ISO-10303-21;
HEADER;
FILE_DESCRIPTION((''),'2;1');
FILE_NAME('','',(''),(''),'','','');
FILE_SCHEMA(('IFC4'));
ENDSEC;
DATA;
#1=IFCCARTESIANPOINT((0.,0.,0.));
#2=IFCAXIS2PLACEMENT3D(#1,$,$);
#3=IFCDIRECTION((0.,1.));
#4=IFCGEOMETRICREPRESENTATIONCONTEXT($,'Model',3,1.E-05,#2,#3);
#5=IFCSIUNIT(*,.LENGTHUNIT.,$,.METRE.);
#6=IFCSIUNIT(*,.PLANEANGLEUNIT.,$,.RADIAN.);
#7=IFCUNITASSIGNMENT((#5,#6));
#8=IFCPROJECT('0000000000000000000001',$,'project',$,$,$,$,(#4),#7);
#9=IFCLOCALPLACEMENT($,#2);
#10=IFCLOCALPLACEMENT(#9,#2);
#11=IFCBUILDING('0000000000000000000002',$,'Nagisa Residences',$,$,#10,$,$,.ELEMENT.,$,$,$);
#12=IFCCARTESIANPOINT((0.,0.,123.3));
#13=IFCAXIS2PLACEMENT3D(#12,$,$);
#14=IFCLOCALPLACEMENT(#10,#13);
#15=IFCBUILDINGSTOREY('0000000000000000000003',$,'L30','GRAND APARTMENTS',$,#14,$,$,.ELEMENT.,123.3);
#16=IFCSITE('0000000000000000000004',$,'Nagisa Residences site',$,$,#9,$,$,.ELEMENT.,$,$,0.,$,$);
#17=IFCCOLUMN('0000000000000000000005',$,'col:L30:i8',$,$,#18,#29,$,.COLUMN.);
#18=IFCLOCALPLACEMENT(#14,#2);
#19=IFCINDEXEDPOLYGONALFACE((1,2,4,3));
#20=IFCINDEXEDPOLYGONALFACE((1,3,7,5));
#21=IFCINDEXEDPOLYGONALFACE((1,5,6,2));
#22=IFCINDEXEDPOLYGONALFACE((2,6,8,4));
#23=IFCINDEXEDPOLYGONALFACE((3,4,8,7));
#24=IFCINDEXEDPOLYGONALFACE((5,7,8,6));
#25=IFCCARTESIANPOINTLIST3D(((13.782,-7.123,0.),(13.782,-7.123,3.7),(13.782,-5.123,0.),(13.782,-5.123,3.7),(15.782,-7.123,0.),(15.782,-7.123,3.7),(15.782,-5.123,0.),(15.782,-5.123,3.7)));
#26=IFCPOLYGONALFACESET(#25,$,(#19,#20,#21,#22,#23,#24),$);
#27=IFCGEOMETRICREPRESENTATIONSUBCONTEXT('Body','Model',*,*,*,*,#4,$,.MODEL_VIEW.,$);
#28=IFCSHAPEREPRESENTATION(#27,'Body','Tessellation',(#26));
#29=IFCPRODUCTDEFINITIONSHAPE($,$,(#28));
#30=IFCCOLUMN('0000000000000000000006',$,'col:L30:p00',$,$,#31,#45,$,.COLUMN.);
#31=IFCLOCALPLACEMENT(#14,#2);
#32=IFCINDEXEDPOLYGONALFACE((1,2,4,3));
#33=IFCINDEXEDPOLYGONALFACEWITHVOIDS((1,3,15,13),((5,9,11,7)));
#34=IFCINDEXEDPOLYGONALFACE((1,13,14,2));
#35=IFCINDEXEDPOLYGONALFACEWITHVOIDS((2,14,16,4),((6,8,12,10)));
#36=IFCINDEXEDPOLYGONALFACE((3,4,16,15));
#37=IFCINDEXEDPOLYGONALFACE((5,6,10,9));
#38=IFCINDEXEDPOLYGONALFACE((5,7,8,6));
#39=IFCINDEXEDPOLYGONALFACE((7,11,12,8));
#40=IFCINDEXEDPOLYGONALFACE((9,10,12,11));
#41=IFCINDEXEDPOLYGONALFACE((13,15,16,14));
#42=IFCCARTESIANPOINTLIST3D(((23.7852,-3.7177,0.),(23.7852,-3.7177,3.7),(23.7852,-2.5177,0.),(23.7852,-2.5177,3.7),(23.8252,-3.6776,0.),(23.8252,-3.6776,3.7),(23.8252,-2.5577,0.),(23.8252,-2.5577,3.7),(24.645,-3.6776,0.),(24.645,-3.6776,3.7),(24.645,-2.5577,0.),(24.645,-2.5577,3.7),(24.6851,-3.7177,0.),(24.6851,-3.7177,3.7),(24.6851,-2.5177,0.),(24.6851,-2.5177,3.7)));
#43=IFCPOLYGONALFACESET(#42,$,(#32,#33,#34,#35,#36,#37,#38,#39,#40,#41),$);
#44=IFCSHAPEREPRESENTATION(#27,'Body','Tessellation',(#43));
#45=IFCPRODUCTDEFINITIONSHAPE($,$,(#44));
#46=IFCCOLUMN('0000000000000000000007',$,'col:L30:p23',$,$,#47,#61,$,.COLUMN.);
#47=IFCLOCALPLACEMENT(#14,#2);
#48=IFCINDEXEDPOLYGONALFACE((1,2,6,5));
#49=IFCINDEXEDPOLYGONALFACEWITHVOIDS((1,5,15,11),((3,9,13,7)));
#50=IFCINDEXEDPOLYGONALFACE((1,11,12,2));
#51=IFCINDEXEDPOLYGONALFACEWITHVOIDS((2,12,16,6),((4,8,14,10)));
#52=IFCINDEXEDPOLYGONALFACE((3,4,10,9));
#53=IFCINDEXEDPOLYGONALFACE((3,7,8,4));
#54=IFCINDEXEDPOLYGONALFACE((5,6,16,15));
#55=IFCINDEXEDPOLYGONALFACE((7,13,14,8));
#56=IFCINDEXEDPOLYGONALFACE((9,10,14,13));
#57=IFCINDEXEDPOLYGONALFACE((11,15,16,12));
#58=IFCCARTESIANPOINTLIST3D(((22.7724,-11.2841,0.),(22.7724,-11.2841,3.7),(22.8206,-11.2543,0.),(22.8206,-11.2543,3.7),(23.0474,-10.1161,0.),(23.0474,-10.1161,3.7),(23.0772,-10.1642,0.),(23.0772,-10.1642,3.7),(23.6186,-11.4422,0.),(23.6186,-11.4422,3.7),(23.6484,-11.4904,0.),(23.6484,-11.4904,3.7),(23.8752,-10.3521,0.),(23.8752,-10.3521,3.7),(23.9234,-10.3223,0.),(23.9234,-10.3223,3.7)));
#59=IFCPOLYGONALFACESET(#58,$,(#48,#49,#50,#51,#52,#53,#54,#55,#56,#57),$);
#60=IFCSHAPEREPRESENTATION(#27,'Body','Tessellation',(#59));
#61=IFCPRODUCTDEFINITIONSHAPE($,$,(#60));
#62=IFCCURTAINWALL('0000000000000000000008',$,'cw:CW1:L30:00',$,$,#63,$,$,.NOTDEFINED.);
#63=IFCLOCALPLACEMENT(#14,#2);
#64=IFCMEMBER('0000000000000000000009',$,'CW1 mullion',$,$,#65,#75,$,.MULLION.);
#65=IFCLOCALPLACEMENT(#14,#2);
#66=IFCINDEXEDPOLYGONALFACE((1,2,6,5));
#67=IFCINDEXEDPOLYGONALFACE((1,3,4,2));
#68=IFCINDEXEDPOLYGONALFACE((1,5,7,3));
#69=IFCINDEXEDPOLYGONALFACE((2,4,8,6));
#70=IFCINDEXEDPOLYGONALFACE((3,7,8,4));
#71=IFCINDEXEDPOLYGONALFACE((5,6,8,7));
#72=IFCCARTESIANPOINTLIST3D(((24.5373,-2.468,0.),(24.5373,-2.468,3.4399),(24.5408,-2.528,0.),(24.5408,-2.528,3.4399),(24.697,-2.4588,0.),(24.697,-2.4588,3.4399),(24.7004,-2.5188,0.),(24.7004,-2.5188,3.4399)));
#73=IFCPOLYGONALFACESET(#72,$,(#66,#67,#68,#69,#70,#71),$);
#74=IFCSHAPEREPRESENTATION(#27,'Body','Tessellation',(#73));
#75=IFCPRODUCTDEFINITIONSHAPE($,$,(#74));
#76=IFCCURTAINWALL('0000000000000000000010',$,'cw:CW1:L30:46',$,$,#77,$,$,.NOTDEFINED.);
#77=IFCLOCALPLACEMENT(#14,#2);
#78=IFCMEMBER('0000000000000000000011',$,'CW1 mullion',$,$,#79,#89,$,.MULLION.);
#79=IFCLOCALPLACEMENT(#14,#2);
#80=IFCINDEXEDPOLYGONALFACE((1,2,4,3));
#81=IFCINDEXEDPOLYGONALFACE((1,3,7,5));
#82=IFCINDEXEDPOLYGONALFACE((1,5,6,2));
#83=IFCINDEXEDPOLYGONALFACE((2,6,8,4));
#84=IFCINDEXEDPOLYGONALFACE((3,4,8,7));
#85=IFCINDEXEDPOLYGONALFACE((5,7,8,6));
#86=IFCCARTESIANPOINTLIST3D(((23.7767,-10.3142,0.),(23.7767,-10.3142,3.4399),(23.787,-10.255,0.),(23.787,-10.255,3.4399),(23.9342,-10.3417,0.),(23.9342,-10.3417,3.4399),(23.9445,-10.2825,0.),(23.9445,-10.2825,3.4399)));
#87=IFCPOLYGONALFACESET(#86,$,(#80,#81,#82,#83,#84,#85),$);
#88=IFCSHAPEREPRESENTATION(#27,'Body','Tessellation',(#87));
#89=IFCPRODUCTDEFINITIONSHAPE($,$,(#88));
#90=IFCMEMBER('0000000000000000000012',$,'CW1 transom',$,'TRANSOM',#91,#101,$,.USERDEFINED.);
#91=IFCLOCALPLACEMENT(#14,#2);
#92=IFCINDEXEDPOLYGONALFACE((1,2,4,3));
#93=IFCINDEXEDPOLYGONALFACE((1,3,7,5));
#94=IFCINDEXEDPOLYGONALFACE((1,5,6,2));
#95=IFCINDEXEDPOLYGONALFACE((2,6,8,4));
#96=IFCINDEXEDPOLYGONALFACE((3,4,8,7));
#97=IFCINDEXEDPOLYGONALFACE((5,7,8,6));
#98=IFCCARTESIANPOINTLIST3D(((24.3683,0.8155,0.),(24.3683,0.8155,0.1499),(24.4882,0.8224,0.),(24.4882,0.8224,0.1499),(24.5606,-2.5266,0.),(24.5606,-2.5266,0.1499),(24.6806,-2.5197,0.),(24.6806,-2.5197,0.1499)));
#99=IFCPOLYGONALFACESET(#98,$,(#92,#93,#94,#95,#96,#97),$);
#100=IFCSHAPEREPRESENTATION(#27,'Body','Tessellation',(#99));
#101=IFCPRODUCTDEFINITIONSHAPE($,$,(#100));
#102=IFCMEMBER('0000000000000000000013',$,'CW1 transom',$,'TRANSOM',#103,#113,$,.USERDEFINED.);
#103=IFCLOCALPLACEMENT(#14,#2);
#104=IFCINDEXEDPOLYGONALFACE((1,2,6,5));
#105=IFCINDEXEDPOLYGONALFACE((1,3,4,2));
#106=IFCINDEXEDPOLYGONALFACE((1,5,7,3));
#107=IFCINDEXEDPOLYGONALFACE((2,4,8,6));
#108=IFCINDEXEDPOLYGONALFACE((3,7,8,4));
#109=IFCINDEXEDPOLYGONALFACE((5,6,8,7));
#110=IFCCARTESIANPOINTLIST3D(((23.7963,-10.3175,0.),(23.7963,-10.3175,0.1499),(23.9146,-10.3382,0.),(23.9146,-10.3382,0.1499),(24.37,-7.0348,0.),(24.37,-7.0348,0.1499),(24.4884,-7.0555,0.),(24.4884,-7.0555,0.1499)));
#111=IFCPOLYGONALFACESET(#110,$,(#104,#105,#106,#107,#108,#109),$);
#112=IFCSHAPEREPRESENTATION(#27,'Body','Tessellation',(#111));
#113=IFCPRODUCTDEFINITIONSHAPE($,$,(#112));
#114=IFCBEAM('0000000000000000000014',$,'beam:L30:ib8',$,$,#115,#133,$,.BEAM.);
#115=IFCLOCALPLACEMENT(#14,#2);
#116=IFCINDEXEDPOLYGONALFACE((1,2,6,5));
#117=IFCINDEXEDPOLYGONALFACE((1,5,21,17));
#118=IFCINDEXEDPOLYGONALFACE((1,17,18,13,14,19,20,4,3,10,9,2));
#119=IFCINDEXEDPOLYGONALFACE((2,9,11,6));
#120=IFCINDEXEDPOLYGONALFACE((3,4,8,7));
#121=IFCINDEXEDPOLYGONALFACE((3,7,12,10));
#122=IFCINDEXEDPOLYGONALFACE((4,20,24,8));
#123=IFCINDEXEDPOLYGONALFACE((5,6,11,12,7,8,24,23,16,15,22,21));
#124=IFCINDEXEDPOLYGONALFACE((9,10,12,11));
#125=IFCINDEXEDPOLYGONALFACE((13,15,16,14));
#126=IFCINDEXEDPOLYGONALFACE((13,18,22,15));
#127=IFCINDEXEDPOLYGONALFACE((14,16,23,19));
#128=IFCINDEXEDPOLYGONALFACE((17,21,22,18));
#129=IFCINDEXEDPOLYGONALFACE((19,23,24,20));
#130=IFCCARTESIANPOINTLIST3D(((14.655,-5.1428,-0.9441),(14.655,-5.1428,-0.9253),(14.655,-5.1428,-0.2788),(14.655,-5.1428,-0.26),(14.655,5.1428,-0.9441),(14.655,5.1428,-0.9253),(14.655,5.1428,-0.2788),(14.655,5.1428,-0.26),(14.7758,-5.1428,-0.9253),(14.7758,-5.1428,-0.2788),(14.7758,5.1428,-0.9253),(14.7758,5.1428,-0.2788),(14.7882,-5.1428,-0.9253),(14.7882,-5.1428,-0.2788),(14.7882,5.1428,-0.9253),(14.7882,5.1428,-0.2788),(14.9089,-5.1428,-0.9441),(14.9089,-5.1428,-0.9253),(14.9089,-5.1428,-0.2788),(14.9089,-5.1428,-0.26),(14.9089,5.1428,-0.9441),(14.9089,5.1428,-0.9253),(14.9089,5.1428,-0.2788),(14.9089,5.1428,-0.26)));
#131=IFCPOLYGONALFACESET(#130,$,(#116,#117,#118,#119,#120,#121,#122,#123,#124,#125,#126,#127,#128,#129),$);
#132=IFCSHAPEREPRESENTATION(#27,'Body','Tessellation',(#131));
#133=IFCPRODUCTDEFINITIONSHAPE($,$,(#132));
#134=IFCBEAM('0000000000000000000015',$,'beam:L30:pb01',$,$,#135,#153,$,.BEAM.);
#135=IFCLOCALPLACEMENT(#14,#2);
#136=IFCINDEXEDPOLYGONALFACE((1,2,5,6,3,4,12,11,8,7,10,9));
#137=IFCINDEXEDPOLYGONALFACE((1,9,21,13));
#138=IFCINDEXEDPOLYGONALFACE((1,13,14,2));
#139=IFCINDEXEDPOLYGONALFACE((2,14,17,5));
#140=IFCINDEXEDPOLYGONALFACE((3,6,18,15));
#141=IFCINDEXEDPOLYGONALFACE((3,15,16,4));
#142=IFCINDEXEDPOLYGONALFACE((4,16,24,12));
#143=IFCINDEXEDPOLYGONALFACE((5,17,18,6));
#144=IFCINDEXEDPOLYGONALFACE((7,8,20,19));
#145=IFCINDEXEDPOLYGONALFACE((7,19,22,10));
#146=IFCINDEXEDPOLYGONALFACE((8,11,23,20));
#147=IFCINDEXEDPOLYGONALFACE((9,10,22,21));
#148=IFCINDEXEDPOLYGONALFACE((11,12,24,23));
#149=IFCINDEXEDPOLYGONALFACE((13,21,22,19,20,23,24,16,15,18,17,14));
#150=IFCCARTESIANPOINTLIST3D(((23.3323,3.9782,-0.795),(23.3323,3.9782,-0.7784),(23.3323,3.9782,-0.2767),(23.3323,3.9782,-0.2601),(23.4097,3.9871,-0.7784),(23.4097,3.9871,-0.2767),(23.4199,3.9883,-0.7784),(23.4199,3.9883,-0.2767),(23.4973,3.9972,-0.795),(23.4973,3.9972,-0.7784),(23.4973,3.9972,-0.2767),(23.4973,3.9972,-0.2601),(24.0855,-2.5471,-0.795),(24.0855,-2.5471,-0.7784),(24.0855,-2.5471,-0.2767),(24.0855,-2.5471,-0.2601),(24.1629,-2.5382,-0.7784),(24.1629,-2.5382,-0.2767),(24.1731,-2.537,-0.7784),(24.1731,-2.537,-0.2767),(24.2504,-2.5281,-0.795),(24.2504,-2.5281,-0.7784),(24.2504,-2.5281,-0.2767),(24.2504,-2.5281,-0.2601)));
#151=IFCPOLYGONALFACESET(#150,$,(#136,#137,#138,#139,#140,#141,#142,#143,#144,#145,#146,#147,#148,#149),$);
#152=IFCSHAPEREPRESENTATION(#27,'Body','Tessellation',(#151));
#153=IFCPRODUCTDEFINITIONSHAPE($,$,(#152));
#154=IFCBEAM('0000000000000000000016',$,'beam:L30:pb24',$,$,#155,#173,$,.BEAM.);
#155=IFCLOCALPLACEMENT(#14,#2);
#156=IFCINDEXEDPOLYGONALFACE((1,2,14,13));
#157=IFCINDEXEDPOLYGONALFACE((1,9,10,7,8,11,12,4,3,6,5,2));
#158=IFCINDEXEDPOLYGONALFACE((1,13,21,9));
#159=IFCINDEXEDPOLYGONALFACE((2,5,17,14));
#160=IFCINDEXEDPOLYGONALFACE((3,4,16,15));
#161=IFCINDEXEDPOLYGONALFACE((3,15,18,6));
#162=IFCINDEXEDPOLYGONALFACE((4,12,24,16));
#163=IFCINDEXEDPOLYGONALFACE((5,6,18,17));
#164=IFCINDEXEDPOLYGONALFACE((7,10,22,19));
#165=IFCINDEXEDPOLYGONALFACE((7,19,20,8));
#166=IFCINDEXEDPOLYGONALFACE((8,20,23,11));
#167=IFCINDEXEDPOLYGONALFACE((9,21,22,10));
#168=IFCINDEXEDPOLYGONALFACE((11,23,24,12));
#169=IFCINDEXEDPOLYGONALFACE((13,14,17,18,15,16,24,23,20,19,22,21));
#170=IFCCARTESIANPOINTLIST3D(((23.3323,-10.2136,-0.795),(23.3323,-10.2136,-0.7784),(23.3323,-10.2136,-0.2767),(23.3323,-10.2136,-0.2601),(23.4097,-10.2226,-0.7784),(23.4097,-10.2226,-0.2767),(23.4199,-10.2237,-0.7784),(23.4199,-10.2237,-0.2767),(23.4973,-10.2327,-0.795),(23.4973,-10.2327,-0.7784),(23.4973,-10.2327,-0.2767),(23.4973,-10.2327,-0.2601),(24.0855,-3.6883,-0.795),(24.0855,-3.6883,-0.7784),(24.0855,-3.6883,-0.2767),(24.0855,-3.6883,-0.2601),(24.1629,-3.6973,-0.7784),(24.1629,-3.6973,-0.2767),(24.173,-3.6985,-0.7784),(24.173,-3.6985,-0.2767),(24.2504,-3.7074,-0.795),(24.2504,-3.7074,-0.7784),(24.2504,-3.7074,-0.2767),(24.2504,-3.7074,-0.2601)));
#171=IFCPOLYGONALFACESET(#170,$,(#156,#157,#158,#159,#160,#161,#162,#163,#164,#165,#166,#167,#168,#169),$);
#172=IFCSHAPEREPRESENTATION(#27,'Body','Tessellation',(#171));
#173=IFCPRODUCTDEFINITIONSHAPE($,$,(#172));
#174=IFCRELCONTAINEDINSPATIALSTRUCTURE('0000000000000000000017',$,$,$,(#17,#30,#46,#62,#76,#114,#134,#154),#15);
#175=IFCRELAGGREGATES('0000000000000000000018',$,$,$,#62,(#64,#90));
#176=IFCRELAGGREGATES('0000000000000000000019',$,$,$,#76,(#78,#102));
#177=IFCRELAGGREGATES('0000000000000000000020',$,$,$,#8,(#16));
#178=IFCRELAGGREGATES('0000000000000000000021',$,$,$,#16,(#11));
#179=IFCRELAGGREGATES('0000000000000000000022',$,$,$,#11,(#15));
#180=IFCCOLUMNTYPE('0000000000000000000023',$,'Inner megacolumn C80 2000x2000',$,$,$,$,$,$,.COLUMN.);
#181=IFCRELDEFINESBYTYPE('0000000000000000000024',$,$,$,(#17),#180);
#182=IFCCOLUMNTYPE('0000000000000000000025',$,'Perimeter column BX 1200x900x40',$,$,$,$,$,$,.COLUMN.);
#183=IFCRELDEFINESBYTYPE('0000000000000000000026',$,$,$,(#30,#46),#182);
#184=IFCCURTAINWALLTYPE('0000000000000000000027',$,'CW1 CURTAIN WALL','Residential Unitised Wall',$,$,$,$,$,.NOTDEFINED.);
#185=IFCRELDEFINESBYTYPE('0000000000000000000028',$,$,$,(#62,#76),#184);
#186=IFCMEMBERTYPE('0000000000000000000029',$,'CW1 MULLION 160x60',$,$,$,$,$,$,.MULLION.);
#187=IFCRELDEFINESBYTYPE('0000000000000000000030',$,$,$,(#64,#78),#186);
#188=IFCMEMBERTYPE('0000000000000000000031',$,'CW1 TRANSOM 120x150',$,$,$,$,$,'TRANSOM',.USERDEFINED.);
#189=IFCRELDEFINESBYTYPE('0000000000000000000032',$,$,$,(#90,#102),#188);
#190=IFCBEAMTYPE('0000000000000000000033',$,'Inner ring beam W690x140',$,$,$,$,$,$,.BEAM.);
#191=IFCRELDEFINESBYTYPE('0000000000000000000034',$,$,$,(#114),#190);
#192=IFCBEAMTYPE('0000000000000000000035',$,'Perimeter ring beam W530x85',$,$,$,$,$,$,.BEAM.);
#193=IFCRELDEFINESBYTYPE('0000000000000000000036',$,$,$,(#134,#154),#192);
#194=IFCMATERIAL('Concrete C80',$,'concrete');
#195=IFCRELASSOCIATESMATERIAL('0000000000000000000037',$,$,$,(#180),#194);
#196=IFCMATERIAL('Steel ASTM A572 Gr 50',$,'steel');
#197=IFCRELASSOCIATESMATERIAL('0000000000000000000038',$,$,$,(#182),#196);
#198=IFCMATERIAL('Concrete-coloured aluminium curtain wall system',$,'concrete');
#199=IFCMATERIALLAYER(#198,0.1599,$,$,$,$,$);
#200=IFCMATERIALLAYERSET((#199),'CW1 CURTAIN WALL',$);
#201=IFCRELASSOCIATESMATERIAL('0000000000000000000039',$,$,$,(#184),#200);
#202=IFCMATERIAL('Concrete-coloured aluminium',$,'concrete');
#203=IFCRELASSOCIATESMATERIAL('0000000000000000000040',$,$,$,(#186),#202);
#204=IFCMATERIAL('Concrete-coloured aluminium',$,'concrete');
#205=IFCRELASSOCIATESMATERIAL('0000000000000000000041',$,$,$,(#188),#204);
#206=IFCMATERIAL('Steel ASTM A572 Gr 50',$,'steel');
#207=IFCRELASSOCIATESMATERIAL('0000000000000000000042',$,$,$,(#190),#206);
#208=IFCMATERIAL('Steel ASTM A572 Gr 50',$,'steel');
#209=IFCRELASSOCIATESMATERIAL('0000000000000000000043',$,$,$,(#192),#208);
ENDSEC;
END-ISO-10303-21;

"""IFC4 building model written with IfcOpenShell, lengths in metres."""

from ifc_helpers import new_model, si_unit, direction, frame, origin, origin_2d, place, context, subcontext, project, spatial, rectangle, hollow_rectangle, i_section, extrude, material, layer, layer_set, material_profile, profile_set, type_object, element, aggregate, save


model = new_model("IFC4")

# Units and contexts
model_context = context("Model", 3, precision=1e-05, world=origin(), true_north=direction((0.0, 1.0)))
body_context = subcontext(model_context, "Body", "Model", "MODEL_VIEW")
ifc_project = project(units=[si_unit("LENGTHUNIT", "METRE"), si_unit("PLANEANGLEUNIT", "RADIAN")], contexts=[model_context])

# Site, building, storey
site_placement = place(None, origin())
site = spatial("IfcSite", under=ifc_project, at=site_placement, Name="Nagisa Residences site", CompositionType="ELEMENT", RefElevation=0.0)
building_placement = place(site_placement, origin())
building = spatial("IfcBuilding", under=site, at=building_placement, Name="Nagisa Residences", CompositionType="ELEMENT")
storey_placement = place(building_placement, frame((0.0, 0.0, 123.3)))
storey = spatial("IfcBuildingStorey", under=building, at=storey_placement, Name="L30", Description="GRAND APARTMENTS", CompositionType="ELEMENT", Elevation=123.3)

# Columns
ifc_material_1 = material(Name="Concrete C80", Category="concrete")
ifc_material_profile_1 = material_profile(ifc_material_1, rectangle(XDim=2.0, YDim=2.0, at=origin_2d()), Name="C80 2000x2000")
ifc_profile_set_1 = profile_set([ifc_material_profile_1], Name="Concrete C80")
column_type_1 = type_object("IfcColumnType", Name="Inner megacolumn C80 2000x2000", PredefinedType="COLUMN", material=ifc_profile_set_1)
column_placement = place(storey_placement, frame((14.782, -6.123, 0.0), z_axis=(0.0, 0.0, 1.0), x_axis=(1.0, 0.0, 0.0)))
element("IfcColumn", 1, at=column_placement, inside=storey, type_object=column_type_1, Name="col:L30:i8", PredefinedType="COLUMN", context=body_context, shape_type="SweptSolid", body=[
    extrude(rectangle(XDim=2.0, YDim=2.0, at=origin_2d()), origin(), (0.0, 0.0, 1.0), 3.7),
])
ifc_material_2 = material(Name="Steel ASTM A572 Gr 50", Category="steel")
ifc_material_profile_2 = material_profile(ifc_material_2, hollow_rectangle(XDim=1.2, YDim=0.8999, WallThickness=0.04, at=origin_2d()), Name="BX 1200x900x40")
ifc_profile_set_2 = profile_set([ifc_material_profile_2], Name="Steel ASTM A572 Gr 50")
column_type_2 = type_object("IfcColumnType", Name="Perimeter column BX 1200x900x40", PredefinedType="COLUMN", material=ifc_profile_set_2)
for number, where, z_axis, x_axis, name in (
    (2, (24.2351, -3.1177, 0.0), (0.0, 0.0, 1.0), (0.0, 1.0, 0.0), "col:L30:p00"),
    (3, (23.3479, -10.8032, 0.0), (0.0, 0.0, 1.0), (0.229202, 0.973379, 0.0), "col:L30:p23"),
):
    element("IfcColumn", number, at=place(storey_placement, frame(where, z_axis=z_axis, x_axis=x_axis)), inside=storey, type_object=column_type_2, Name=name, PredefinedType="COLUMN", context=body_context, shape_type="SweptSolid", body=[
        extrude(hollow_rectangle(XDim=1.2, YDim=0.8999, WallThickness=0.04, at=origin_2d()), origin(), (0.0, 0.0, 1.0), 3.7),
    ])

# Curtain walls, members
ifc_material_3 = material(Name="Concrete-coloured aluminium curtain wall system", Category="concrete")
ifc_layer_1 = layer(ifc_material_3, 0.1599)
ifc_layer_set_1 = layer_set([ifc_layer_1], Name="CW1 CURTAIN WALL")
curtain_wall_type = type_object("IfcCurtainWallType", Name="CW1 CURTAIN WALL", Description="Residential Unitised Wall", PredefinedType="NOTDEFINED", material=ifc_layer_set_1)
curtain_wall_1_placement = place(storey_placement, origin())
curtain_wall_1 = element("IfcCurtainWall", 4, at=curtain_wall_1_placement, inside=storey, type_object=curtain_wall_type, Name="cw:CW1:L30:00", PredefinedType="NOTDEFINED")
ifc_material_4 = material(Name="Concrete-coloured aluminium", Category="concrete")
ifc_material_profile_3 = material_profile(ifc_material_4, rectangle(XDim=0.1599, YDim=0.0601, at=origin_2d()), Name="CW1 MULLION 160x60")
ifc_profile_set_3 = profile_set([ifc_material_profile_3], Name="Concrete-coloured aluminium")
member_type_1 = type_object("IfcMemberType", Name="CW1 MULLION 160x60", PredefinedType="MULLION", material=ifc_profile_set_3)
member_1_placement = place(storey_placement, frame((24.6189, -2.4934, 0.0), z_axis=(0.0, 0.0, 1.0), x_axis=(-0.998345, -0.057503, 0.0)))
member_1 = element("IfcMember", 5, at=member_1_placement, type_object=member_type_1, Name="CW1 mullion", PredefinedType="MULLION", context=body_context, shape_type="SweptSolid", body=[
    extrude(rectangle(XDim=0.1599, YDim=0.0601, at=origin_2d()), origin(), (0.0, 0.0, 1.0), 3.4399),
])
curtain_wall_2_placement = place(storey_placement, origin())
curtain_wall_2 = element("IfcCurtainWall", 6, at=curtain_wall_2_placement, inside=storey, type_object=curtain_wall_type, Name="cw:CW1:L30:46", PredefinedType="NOTDEFINED")
member_2_placement = place(storey_placement, frame((23.8606, -10.2983, 0.0), z_axis=(0.0, 0.0, 1.0), x_axis=(-0.985064, 0.172191, 0.0)))
member_2 = element("IfcMember", 7, at=member_2_placement, type_object=member_type_1, Name="CW1 mullion", PredefinedType="MULLION", context=body_context, shape_type="SweptSolid", body=[
    extrude(rectangle(XDim=0.1599, YDim=0.0601, at=origin_2d()), origin(), (0.0, 0.0, 1.0), 3.4399),
])

# Members
ifc_material_5 = material(Name="Concrete-coloured aluminium", Category="concrete")
ifc_material_profile_4 = material_profile(ifc_material_5, rectangle(XDim=0.1201, YDim=0.1499, at=origin_2d()), Name="CW1 TRANSOM 120x150")
ifc_profile_set_4 = profile_set([ifc_material_profile_4], Name="Concrete-coloured aluminium")
member_type_2 = type_object("IfcMemberType", Name="CW1 TRANSOM 120x150", ElementType="TRANSOM", PredefinedType="USERDEFINED", material=ifc_profile_set_4)
member_3_placement = place(storey_placement, frame((24.6206, -2.5232, 0.075), z_axis=(-0.057469, 0.998347, 0.0), x_axis=(-0.998347, -0.057469, 0.0)))
member_3 = element("IfcMember", 8, at=member_3_placement, type_object=member_type_2, Name="CW1 transom", ObjectType="TRANSOM", PredefinedType="USERDEFINED", context=body_context, shape_type="SweptSolid", body=[
    extrude(rectangle(XDim=0.1201, YDim=0.1499, at=origin_2d()), origin(), (0.0, 0.0, 1.0), 3.3477),
])
member_4_placement = place(storey_placement, frame((23.8555, -10.3279, 0.075), z_axis=(0.172164, 0.985068, 0.0), x_axis=(-0.985068, 0.172164, 0.0)))
member_4 = element("IfcMember", 9, at=member_4_placement, type_object=member_type_2, Name="CW1 transom", ObjectType="TRANSOM", PredefinedType="USERDEFINED", context=body_context, shape_type="SweptSolid", body=[
    extrude(rectangle(XDim=0.1201, YDim=0.1499, at=origin_2d()), origin(), (0.0, 0.0, 1.0), 3.3325),
])

# Beams
ifc_material_6 = material(Name="Steel ASTM A572 Gr 50", Category="steel")
ifc_material_profile_5 = material_profile(ifc_material_6, i_section(OverallWidth=0.2539, OverallDepth=0.6841, WebThickness=0.0125, FlangeThickness=0.0188, at=origin_2d()), Name="W690x140")
ifc_profile_set_5 = profile_set([ifc_material_profile_5], Name="Steel ASTM A572 Gr 50")
beam_type_1 = type_object("IfcBeamType", Name="Inner ring beam W690x140", PredefinedType="BEAM", material=ifc_profile_set_5)
beam_1_placement = place(storey_placement, frame((14.782, -5.1428, -0.6021), z_axis=(0.0, 1.0, 0.0), x_axis=(-1.0, 0.0, 0.0)))
element("IfcBeam", 10, at=beam_1_placement, inside=storey, type_object=beam_type_1, Name="beam:L30:ib8", PredefinedType="BEAM", context=body_context, shape_type="SweptSolid", body=[
    extrude(i_section(OverallWidth=0.2539, OverallDepth=0.6841, WebThickness=0.0125, FlangeThickness=0.0188, at=origin_2d()), origin(), (0.0, 0.0, 1.0), 10.2856),
])
ifc_material_7 = material(Name="Steel ASTM A572 Gr 50", Category="steel")
ifc_material_profile_6 = material_profile(ifc_material_7, i_section(OverallWidth=0.166, OverallDepth=0.5349, WebThickness=0.0103, FlangeThickness=0.0166, at=origin_2d()), Name="W530x85")
ifc_profile_set_6 = profile_set([ifc_material_profile_6], Name="Steel ASTM A572 Gr 50")
beam_type_2 = type_object("IfcBeamType", Name="Perimeter ring beam W530x85", PredefinedType="BEAM", material=ifc_profile_set_6)
for number, where, z_axis, x_axis, name in (
    (11, (24.168, -2.5376, -0.5276), (-0.114661, 0.993405, 0.0), (-0.993405, -0.114661, 0.0), "beam:L30:pb01"),
    (12, (23.4148, -10.2231, -0.5276), (0.114661, 0.993405, 0.0), (-0.993405, 0.114661, 0.0), "beam:L30:pb24"),
):
    element("IfcBeam", number, at=place(storey_placement, frame(where, z_axis=z_axis, x_axis=x_axis)), inside=storey, type_object=beam_type_2, Name=name, PredefinedType="BEAM", context=body_context, shape_type="SweptSolid", body=[
        extrude(i_section(OverallWidth=0.166, OverallDepth=0.5349, WebThickness=0.0103, FlangeThickness=0.0166, at=origin_2d()), origin(), (0.0, 0.0, 1.0), 6.5686),
    ])

aggregate(curtain_wall_1, [member_1, member_3])

aggregate(curtain_wall_2, [member_2, member_4])

save(model, "model.ifc")
